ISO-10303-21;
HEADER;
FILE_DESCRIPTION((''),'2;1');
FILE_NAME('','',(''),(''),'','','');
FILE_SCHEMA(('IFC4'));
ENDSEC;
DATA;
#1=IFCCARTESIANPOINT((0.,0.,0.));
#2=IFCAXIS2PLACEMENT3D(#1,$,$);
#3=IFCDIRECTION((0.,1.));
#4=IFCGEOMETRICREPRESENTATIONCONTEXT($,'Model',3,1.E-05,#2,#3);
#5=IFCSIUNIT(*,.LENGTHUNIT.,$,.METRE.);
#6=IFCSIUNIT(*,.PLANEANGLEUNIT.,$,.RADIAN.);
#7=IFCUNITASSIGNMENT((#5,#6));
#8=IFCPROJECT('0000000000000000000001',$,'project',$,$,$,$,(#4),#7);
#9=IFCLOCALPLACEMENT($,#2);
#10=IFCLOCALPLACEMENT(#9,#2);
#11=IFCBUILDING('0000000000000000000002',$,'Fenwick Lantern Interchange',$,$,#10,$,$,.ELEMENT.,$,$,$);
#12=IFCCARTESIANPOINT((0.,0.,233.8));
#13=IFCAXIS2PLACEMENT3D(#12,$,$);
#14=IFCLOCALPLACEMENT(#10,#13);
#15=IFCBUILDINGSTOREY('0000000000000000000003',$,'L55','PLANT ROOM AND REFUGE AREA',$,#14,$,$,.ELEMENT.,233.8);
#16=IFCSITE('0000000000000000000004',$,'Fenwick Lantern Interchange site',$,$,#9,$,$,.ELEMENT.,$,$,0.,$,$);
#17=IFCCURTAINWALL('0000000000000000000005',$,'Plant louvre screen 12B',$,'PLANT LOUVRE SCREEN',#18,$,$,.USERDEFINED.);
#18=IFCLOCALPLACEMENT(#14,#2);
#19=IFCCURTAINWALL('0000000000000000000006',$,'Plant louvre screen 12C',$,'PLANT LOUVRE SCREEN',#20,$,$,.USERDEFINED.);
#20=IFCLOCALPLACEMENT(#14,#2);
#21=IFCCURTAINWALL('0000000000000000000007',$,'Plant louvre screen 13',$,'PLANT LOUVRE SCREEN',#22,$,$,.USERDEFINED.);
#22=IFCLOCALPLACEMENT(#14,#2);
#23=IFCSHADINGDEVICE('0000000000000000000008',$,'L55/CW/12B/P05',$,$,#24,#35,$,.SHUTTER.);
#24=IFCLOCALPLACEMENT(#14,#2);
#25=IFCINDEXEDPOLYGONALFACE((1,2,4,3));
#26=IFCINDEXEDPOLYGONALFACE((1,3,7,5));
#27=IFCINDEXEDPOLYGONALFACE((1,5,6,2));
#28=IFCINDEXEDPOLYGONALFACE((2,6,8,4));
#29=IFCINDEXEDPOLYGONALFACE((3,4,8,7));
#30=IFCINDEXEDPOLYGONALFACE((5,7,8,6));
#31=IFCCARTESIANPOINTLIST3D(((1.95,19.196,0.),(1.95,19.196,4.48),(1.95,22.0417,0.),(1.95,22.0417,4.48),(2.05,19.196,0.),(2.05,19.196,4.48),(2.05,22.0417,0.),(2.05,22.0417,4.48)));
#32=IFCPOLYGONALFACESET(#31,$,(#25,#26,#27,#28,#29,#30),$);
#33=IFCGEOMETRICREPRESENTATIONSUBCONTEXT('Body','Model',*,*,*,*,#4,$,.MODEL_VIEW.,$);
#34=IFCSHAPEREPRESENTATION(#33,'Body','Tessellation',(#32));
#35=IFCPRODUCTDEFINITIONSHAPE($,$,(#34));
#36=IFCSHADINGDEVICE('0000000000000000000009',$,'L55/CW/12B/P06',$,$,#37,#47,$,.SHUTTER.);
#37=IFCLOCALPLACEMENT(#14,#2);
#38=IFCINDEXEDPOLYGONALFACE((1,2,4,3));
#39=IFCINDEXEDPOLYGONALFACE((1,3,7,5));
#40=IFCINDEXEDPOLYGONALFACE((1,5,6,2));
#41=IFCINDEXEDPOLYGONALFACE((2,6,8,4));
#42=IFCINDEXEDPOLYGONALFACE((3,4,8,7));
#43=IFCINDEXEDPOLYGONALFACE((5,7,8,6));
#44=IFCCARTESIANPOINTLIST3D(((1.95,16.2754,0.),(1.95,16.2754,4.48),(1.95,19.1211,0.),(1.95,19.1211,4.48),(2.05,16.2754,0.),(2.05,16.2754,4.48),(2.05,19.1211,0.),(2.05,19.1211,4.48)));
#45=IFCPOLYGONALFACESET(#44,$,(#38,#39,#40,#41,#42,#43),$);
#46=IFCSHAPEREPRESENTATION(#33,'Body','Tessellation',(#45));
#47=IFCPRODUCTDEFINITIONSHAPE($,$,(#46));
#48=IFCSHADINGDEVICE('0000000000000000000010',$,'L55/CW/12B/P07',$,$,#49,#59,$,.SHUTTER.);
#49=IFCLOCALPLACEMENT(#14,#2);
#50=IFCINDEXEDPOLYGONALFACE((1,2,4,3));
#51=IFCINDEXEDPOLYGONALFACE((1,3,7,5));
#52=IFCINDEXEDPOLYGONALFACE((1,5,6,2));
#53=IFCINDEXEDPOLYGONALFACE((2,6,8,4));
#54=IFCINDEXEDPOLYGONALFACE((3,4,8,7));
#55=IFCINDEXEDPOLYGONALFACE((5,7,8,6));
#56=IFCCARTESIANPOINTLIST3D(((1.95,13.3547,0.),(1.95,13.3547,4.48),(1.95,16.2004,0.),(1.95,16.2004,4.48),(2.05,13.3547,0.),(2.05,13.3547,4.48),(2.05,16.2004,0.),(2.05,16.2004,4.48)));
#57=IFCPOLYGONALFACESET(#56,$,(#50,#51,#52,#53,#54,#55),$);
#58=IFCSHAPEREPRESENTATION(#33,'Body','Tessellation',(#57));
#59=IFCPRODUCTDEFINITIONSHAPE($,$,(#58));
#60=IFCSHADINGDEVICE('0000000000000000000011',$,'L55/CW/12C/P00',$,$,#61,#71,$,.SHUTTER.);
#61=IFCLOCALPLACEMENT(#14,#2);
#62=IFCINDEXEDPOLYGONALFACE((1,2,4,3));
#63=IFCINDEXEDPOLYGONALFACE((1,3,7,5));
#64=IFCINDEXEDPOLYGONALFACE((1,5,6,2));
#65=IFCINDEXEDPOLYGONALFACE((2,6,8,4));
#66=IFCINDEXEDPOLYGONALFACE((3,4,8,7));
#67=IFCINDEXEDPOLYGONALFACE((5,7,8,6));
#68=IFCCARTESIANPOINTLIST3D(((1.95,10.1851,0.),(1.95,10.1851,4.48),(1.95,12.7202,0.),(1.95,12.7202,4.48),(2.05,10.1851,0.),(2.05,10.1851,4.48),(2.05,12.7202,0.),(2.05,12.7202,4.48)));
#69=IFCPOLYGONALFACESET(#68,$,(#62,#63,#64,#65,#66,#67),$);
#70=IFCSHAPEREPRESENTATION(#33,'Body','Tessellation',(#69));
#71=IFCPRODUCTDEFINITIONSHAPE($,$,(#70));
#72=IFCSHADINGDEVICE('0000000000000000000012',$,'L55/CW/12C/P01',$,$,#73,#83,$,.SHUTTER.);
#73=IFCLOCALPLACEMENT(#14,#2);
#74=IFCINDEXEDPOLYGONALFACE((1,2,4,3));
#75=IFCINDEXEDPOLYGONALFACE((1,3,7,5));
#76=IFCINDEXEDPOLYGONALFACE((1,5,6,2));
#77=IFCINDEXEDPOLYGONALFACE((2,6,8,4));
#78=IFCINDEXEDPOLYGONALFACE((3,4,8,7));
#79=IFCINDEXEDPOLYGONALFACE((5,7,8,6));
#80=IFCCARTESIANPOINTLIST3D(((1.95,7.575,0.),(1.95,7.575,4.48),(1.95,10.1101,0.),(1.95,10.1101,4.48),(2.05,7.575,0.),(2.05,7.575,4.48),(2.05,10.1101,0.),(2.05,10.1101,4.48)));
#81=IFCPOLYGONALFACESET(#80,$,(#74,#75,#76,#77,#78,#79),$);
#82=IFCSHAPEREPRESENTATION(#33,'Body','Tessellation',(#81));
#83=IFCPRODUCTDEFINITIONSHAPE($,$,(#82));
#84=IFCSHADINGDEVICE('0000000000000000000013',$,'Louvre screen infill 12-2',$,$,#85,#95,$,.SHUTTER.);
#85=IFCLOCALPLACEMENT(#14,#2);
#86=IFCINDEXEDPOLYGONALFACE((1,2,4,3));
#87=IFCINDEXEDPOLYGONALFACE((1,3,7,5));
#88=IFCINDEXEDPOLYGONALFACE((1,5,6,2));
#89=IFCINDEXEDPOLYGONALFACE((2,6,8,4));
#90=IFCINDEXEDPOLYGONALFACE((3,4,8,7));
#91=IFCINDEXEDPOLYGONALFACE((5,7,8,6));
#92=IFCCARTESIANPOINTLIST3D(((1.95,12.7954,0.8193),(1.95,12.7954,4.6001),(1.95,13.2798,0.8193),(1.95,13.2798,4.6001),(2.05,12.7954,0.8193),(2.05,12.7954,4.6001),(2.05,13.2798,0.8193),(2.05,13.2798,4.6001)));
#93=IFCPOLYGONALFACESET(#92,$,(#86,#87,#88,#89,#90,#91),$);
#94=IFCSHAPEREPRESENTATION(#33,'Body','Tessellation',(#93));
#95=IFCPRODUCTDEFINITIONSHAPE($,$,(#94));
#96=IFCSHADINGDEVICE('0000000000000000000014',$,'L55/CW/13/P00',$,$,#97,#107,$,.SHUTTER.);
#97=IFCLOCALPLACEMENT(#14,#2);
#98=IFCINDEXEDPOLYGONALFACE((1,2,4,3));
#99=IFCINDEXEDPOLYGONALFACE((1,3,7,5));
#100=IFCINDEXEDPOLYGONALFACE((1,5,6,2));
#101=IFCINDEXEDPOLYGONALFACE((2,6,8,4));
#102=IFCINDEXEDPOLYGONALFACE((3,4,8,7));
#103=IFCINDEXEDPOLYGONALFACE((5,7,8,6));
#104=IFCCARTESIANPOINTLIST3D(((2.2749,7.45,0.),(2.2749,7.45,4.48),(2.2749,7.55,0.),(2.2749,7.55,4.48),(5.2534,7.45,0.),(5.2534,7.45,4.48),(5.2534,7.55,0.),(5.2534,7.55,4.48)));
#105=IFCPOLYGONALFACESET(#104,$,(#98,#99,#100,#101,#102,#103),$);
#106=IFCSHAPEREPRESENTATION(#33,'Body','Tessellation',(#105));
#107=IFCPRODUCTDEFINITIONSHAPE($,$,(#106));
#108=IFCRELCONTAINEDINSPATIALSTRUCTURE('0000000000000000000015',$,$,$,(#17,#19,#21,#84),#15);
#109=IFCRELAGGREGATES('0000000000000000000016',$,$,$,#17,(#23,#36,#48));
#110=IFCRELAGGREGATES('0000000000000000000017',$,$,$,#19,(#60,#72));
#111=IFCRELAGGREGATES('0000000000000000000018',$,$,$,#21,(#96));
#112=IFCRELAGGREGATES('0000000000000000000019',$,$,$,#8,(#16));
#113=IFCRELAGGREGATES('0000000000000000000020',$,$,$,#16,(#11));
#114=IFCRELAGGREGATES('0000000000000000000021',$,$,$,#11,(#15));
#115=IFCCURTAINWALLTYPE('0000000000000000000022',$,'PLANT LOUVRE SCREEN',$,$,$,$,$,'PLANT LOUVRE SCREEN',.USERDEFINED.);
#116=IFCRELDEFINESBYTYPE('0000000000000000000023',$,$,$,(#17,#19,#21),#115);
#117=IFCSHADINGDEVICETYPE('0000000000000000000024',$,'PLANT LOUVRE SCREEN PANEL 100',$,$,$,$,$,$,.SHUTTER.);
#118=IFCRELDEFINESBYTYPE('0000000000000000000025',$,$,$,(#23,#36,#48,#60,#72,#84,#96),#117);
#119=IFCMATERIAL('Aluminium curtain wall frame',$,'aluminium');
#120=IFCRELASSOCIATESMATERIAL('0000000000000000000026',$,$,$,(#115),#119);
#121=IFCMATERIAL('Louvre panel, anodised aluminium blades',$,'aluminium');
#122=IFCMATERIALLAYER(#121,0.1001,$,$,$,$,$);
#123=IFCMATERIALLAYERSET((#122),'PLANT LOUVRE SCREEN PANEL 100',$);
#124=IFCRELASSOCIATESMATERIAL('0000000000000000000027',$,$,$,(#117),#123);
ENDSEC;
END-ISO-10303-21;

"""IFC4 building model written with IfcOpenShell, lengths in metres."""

from ifc_helpers import new_model, si_unit, direction, frame, origin, origin_2d, place, context, subcontext, project, spatial, rectangle, extrude, material, layer, layer_set, type_object, element, aggregate, save


model = new_model("IFC4")

# Units and contexts
model_context = context("Model", 3, precision=1e-05, world=origin(), true_north=direction((0.0, 1.0)))
body_context = subcontext(model_context, "Body", "Model", "MODEL_VIEW")
ifc_project = project(units=[si_unit("LENGTHUNIT", "METRE"), si_unit("PLANEANGLEUNIT", "RADIAN")], contexts=[model_context])

# Site, building, storey
site_placement = place(None, origin())
site = spatial("IfcSite", under=ifc_project, at=site_placement, Name="Fenwick Lantern Interchange site", CompositionType="ELEMENT", RefElevation=0.0)
building_placement = place(site_placement, origin())
building = spatial("IfcBuilding", under=site, at=building_placement, Name="Fenwick Lantern Interchange", CompositionType="ELEMENT")
storey_placement = place(building_placement, frame((0.0, 0.0, 233.8)))
storey = spatial("IfcBuildingStorey", under=building, at=storey_placement, Name="L55", Description="PLANT ROOM AND REFUGE AREA", CompositionType="ELEMENT", Elevation=233.8)

# Curtain walls
ifc_material_1 = material(Name="Aluminium curtain wall frame", Category="aluminium")
curtain_wall_type = type_object("IfcCurtainWallType", Name="PLANT LOUVRE SCREEN", ElementType="PLANT LOUVRE SCREEN", PredefinedType="USERDEFINED", material=ifc_material_1)
curtain_wall_1_placement = place(storey_placement, origin())
curtain_wall_1 = element("IfcCurtainWall", 1, at=curtain_wall_1_placement, inside=storey, type_object=curtain_wall_type, Name="Plant louvre screen 12B", ObjectType="PLANT LOUVRE SCREEN", PredefinedType="USERDEFINED")
curtain_wall_2_placement = place(storey_placement, origin())
curtain_wall_2 = element("IfcCurtainWall", 2, at=curtain_wall_2_placement, inside=storey, type_object=curtain_wall_type, Name="Plant louvre screen 12C", ObjectType="PLANT LOUVRE SCREEN", PredefinedType="USERDEFINED")
curtain_wall_3_placement = place(storey_placement, origin())
curtain_wall_3 = element("IfcCurtainWall", 3, at=curtain_wall_3_placement, inside=storey, type_object=curtain_wall_type, Name="Plant louvre screen 13", ObjectType="PLANT LOUVRE SCREEN", PredefinedType="USERDEFINED")

# Shading devices
ifc_material_2 = material(Name="Louvre panel, anodised aluminium blades", Category="aluminium")
ifc_layer_1 = layer(ifc_material_2, 0.1001)
ifc_layer_set_1 = layer_set([ifc_layer_1], Name="PLANT LOUVRE SCREEN PANEL 100")
shading_device_type = type_object("IfcShadingDeviceType", Name="PLANT LOUVRE SCREEN PANEL 100", PredefinedType="SHUTTER", material=ifc_layer_set_1)
shading_device_1_placement = place(storey_placement, frame((2.0, 20.6189, 0.0), z_axis=(0.0, 0.0, 1.0), x_axis=(0.0, -1.0, 0.0)))
shading_device_1 = element("IfcShadingDevice", 4, at=shading_device_1_placement, type_object=shading_device_type, Name="L55/CW/12B/P05", PredefinedType="SHUTTER", context=body_context, shape_type="SweptSolid", body=[
    extrude(rectangle(XDim=2.8457, YDim=0.1001, at=origin_2d()), origin(), (0.0, 0.0, 1.0), 4.48),
])
shading_device_2_placement = place(storey_placement, frame((2.0, 17.6982, 0.0), z_axis=(0.0, 0.0, 1.0), x_axis=(0.0, -1.0, 0.0)))
shading_device_2 = element("IfcShadingDevice", 5, at=shading_device_2_placement, type_object=shading_device_type, Name="L55/CW/12B/P06", PredefinedType="SHUTTER", context=body_context, shape_type="SweptSolid", body=[
    extrude(rectangle(XDim=2.8457, YDim=0.1001, at=origin_2d()), origin(), (0.0, 0.0, 1.0), 4.48),
])
shading_device_3_placement = place(storey_placement, frame((2.0, 14.7776, 0.0), z_axis=(0.0, 0.0, 1.0), x_axis=(0.0, -1.0, 0.0)))
shading_device_3 = element("IfcShadingDevice", 6, at=shading_device_3_placement, type_object=shading_device_type, Name="L55/CW/12B/P07", PredefinedType="SHUTTER", context=body_context, shape_type="SweptSolid", body=[
    extrude(rectangle(XDim=2.8457, YDim=0.1001, at=origin_2d()), origin(), (0.0, 0.0, 1.0), 4.48),
])
aggregate(curtain_wall_1, [shading_device_1, shading_device_2, shading_device_3])
shading_device_4_placement = place(storey_placement, frame((2.0, 11.4526, 0.0), z_axis=(0.0, 0.0, 1.0), x_axis=(0.0, -1.0, 0.0)))
shading_device_4 = element("IfcShadingDevice", 7, at=shading_device_4_placement, type_object=shading_device_type, Name="L55/CW/12C/P00", PredefinedType="SHUTTER", context=body_context, shape_type="SweptSolid", body=[
    extrude(rectangle(XDim=2.5352, YDim=0.1001, at=origin_2d()), origin(), (0.0, 0.0, 1.0), 4.48),
])
shading_device_5_placement = place(storey_placement, frame((2.0, 8.8425, 0.0), z_axis=(0.0, 0.0, 1.0), x_axis=(0.0, -1.0, 0.0)))
shading_device_5 = element("IfcShadingDevice", 8, at=shading_device_5_placement, type_object=shading_device_type, Name="L55/CW/12C/P01", PredefinedType="SHUTTER", context=body_context, shape_type="SweptSolid", body=[
    extrude(rectangle(XDim=2.5352, YDim=0.1001, at=origin_2d()), origin(), (0.0, 0.0, 1.0), 4.48),
])
aggregate(curtain_wall_2, [shading_device_4, shading_device_5])
shading_device_6_placement = place(storey_placement, frame((2.0, 13.0376, 0.8193), z_axis=(0.0, 0.0, 1.0), x_axis=(0.0, -1.0, 0.0)))
element("IfcShadingDevice", 9, at=shading_device_6_placement, inside=storey, type_object=shading_device_type, Name="Louvre screen infill 12-2", PredefinedType="SHUTTER", context=body_context, shape_type="SweptSolid", body=[
    extrude(rectangle(XDim=0.4844, YDim=0.1001, at=origin_2d()), origin(), (0.0, 0.0, 1.0), 3.7808),
])
shading_device_7_placement = place(storey_placement, frame((3.7642, 7.5, 0.0), z_axis=(0.0, 0.0, 1.0), x_axis=(1.0, 0.0, 0.0)))
shading_device_7 = element("IfcShadingDevice", 10, at=shading_device_7_placement, type_object=shading_device_type, Name="L55/CW/13/P00", PredefinedType="SHUTTER", context=body_context, shape_type="SweptSolid", body=[
    extrude(rectangle(XDim=2.9785, YDim=0.1001, at=origin_2d()), origin(), (0.0, 0.0, 1.0), 4.48),
])
aggregate(curtain_wall_3, [shading_device_7])

save(model, "model.ifc")
